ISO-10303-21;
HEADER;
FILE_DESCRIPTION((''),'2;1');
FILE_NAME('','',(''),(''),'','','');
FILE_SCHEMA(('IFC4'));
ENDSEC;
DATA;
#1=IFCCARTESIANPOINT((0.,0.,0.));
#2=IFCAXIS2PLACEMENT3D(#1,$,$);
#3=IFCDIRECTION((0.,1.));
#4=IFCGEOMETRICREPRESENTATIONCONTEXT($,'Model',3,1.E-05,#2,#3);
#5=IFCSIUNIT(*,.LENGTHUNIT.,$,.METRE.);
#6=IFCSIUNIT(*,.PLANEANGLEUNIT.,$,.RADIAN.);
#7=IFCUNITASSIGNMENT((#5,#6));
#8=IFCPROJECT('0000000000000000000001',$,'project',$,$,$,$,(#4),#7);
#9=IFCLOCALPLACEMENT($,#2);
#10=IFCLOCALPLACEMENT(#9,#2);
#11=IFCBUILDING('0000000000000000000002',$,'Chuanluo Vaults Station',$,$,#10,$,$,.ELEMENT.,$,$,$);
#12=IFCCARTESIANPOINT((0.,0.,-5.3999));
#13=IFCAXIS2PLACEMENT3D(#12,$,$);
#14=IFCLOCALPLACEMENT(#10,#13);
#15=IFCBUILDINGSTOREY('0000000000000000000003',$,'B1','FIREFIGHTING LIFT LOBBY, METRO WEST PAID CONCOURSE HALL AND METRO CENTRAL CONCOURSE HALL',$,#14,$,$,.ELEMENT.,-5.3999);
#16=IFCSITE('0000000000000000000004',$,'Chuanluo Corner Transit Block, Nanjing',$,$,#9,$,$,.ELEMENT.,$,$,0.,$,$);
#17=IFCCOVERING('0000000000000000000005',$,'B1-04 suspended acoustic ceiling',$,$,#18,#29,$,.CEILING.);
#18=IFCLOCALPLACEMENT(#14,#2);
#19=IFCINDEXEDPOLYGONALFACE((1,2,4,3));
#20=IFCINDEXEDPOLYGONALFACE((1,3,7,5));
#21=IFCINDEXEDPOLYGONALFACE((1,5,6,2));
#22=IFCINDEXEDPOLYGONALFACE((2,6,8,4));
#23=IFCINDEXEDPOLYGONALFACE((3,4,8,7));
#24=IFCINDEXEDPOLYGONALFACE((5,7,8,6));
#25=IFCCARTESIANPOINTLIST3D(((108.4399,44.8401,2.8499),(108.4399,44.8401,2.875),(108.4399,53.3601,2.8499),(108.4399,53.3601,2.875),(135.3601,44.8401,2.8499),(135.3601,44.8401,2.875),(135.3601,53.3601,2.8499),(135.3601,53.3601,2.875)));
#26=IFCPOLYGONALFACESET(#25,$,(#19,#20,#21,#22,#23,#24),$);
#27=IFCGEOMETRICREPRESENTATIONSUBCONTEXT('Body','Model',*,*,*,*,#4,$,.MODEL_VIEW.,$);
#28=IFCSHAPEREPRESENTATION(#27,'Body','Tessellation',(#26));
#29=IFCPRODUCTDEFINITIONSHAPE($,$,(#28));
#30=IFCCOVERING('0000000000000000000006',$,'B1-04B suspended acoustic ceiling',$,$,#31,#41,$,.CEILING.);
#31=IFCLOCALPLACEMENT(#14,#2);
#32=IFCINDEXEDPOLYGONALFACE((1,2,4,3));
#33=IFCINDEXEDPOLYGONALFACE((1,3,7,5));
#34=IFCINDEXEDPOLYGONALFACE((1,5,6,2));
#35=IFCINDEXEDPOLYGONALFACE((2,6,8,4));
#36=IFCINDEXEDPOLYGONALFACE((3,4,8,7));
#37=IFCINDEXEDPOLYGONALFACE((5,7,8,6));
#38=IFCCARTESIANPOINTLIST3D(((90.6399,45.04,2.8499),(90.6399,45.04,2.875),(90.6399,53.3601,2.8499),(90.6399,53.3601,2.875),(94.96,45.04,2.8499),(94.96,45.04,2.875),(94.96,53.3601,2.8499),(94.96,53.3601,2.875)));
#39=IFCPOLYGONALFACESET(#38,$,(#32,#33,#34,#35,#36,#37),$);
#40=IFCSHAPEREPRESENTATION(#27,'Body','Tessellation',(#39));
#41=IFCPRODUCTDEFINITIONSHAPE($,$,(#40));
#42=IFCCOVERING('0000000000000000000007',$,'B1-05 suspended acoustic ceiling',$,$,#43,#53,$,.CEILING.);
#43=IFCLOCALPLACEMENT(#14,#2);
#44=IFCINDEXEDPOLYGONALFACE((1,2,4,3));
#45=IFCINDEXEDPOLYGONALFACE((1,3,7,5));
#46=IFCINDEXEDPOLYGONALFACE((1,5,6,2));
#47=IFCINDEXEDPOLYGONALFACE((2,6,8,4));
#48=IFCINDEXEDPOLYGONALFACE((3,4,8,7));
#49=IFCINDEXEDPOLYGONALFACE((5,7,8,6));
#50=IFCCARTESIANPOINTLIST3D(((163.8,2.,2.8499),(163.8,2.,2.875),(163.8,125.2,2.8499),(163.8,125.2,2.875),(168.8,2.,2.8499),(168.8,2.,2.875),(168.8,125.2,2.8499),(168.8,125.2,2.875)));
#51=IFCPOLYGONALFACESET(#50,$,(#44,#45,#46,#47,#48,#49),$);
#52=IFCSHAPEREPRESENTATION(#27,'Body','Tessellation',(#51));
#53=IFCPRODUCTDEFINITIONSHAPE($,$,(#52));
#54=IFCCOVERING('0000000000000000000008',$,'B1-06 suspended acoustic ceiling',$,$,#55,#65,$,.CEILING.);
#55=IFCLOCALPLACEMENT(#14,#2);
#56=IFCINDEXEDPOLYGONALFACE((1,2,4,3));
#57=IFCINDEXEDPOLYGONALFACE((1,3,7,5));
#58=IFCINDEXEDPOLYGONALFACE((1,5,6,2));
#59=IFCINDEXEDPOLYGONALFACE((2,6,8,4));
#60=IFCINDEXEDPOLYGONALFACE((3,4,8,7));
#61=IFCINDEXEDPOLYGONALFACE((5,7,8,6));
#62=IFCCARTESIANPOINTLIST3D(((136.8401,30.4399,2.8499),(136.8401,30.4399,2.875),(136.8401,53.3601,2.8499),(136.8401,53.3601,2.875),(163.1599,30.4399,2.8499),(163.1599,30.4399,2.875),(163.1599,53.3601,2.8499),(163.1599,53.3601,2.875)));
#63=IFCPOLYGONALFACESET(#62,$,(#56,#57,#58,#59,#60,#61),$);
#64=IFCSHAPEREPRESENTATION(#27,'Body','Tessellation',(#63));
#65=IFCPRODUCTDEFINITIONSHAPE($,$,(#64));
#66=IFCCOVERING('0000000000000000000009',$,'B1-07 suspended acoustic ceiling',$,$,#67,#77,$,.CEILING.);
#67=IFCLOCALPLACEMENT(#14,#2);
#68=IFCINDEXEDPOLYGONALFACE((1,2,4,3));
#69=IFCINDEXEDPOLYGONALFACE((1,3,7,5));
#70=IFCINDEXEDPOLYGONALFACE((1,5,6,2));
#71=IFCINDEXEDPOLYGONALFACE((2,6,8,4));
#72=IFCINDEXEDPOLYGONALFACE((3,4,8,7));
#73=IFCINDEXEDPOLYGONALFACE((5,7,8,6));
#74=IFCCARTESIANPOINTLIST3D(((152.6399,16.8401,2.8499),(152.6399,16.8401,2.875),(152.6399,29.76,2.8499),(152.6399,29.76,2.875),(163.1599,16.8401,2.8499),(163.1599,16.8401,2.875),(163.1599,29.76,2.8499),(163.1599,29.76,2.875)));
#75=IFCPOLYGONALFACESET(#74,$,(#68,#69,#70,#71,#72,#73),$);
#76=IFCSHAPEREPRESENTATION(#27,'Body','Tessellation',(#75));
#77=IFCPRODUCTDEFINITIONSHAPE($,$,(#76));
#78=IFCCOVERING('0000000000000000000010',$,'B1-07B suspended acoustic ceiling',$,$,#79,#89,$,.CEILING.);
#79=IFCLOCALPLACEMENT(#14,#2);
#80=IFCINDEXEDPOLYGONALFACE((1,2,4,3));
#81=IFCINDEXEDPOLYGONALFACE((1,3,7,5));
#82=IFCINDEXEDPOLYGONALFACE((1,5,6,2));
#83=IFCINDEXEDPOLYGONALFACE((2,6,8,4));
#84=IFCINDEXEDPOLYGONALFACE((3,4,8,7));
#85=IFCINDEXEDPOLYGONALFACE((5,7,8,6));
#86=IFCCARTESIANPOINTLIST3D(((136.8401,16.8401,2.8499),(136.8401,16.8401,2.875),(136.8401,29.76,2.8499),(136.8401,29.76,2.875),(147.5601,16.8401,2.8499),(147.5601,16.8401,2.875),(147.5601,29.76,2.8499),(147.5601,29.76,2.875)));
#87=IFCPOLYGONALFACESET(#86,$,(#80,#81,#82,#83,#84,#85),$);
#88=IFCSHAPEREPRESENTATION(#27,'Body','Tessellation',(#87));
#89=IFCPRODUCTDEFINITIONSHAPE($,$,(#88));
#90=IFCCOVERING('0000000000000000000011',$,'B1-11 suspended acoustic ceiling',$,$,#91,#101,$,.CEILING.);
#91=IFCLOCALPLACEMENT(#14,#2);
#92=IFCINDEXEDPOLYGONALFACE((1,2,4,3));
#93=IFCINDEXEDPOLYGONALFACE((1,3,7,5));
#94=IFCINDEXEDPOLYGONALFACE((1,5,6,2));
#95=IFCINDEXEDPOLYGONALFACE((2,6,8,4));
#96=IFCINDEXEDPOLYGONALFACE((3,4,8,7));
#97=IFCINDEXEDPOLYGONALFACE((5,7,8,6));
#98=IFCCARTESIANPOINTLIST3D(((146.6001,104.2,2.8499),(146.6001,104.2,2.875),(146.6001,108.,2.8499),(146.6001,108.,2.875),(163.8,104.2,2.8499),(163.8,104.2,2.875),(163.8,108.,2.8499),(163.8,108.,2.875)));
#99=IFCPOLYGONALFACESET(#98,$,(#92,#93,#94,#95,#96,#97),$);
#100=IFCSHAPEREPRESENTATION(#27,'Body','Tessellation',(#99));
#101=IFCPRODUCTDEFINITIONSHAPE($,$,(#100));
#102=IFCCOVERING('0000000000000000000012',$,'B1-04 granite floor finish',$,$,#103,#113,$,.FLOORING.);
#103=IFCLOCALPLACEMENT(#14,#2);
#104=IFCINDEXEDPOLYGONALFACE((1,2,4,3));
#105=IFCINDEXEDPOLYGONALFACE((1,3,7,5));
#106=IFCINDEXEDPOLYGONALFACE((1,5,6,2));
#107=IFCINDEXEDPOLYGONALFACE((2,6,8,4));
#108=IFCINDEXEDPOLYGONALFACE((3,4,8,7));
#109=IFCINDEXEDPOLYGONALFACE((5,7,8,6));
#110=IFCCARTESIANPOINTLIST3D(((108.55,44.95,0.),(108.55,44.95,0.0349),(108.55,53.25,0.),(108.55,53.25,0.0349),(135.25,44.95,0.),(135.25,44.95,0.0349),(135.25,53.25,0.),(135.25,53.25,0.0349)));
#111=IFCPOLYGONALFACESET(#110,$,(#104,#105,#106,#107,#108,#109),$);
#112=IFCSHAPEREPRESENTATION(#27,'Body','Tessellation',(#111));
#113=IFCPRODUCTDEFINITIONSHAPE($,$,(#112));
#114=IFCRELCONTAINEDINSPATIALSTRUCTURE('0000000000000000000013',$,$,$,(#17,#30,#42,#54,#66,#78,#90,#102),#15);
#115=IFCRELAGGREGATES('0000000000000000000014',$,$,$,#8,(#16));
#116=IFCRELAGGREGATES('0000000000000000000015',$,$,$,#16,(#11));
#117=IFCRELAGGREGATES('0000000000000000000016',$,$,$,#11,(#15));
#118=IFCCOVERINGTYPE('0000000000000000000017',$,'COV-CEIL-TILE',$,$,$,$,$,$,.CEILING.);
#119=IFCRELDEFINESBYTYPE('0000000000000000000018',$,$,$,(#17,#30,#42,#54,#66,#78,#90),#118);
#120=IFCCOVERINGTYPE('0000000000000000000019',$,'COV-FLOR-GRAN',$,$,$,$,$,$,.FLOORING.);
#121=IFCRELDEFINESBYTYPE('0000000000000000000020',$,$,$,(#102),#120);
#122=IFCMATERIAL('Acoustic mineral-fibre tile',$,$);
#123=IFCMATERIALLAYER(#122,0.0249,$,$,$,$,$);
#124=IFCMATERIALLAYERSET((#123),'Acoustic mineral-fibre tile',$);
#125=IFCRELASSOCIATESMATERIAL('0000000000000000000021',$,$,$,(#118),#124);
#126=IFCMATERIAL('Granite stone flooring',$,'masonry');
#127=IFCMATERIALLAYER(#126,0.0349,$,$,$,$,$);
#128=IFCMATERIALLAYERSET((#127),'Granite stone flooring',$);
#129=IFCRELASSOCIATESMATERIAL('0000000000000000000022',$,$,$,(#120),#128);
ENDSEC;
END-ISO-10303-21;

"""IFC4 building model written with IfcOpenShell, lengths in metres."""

from ifc_helpers import new_model, si_unit, direction, frame, origin, place, context, subcontext, project, spatial, polyline, outline, extrude, material, layer, layer_set, type_object, element, save


model = new_model("IFC4")

# Units and contexts
model_context = context("Model", 3, precision=1e-05, world=origin(), true_north=direction((0.0, 1.0)))
body_context = subcontext(model_context, "Body", "Model", "MODEL_VIEW")
ifc_project = project(units=[si_unit("LENGTHUNIT", "METRE"), si_unit("PLANEANGLEUNIT", "RADIAN")], contexts=[model_context])

# Site, building, storey
site_placement = place(None, origin())
site = spatial("IfcSite", under=ifc_project, at=site_placement, Name="Chuanluo Corner Transit Block, Nanjing", CompositionType="ELEMENT", RefElevation=0.0)
building_placement = place(site_placement, origin())
building = spatial("IfcBuilding", under=site, at=building_placement, Name="Chuanluo Vaults Station", CompositionType="ELEMENT")
storey_placement = place(building_placement, frame((0.0, 0.0, -5.3999)))
storey = spatial("IfcBuildingStorey", under=building, at=storey_placement, Name="B1", Description="FIREFIGHTING LIFT LOBBY, METRO WEST PAID CONCOURSE HALL AND METRO CENTRAL CONCOURSE HALL", CompositionType="ELEMENT", Elevation=-5.3999)

# Coverings
ifc_material_1 = material(Name="Acoustic mineral-fibre tile")
ifc_layer_1 = layer(ifc_material_1, 0.0249)
ifc_layer_set_1 = layer_set([ifc_layer_1], Name="Acoustic mineral-fibre tile")
covering_type_1 = type_object("IfcCoveringType", Name="COV-CEIL-TILE", PredefinedType="CEILING", material=ifc_layer_set_1)
covering_1_placement = place(storey_placement, frame((0.0, 0.0, 2.8499)))
element("IfcCovering", 1, at=covering_1_placement, inside=storey, type_object=covering_type_1, Name="B1-04 suspended acoustic ceiling", PredefinedType="CEILING", context=body_context, shape_type="SweptSolid", body=[
    extrude(outline(polyline([(108.4399, 44.8401), (135.3601, 44.8401), (135.3601, 53.3601), (108.4399, 53.3601), (108.4399, 44.8401)])), origin(), (0.0, 0.0, 1.0), 0.0251),
])
covering_2_placement = place(storey_placement, frame((0.0, 0.0, 2.8499)))
element("IfcCovering", 2, at=covering_2_placement, inside=storey, type_object=covering_type_1, Name="B1-04B suspended acoustic ceiling", PredefinedType="CEILING", context=body_context, shape_type="SweptSolid", body=[
    extrude(outline(polyline([(90.6399, 45.04), (94.96, 45.04), (94.96, 53.3601), (90.6399, 53.3601), (90.6399, 45.04)])), origin(), (0.0, 0.0, 1.0), 0.0251),
])
covering_3_placement = place(storey_placement, frame((0.0, 0.0, 2.8499)))
element("IfcCovering", 3, at=covering_3_placement, inside=storey, type_object=covering_type_1, Name="B1-05 suspended acoustic ceiling", PredefinedType="CEILING", context=body_context, shape_type="SweptSolid", body=[
    extrude(outline(polyline([(163.8, 2.0), (168.8, 2.0), (168.8, 125.2), (163.8, 125.2), (163.8, 2.0)])), origin(), (0.0, 0.0, 1.0), 0.0251),
])
covering_4_placement = place(storey_placement, frame((0.0, 0.0, 2.8499)))
element("IfcCovering", 4, at=covering_4_placement, inside=storey, type_object=covering_type_1, Name="B1-06 suspended acoustic ceiling", PredefinedType="CEILING", context=body_context, shape_type="SweptSolid", body=[
    extrude(outline(polyline([(136.8401, 30.4399), (163.1599, 30.4399), (163.1599, 53.3601), (136.8401, 53.3601), (136.8401, 30.4399)])), origin(), (0.0, 0.0, 1.0), 0.0251),
])
covering_5_placement = place(storey_placement, frame((0.0, 0.0, 2.8499)))
element("IfcCovering", 5, at=covering_5_placement, inside=storey, type_object=covering_type_1, Name="B1-07 suspended acoustic ceiling", PredefinedType="CEILING", context=body_context, shape_type="SweptSolid", body=[
    extrude(outline(polyline([(152.6399, 16.8401), (163.1599, 16.8401), (163.1599, 29.76), (152.6399, 29.76), (152.6399, 16.8401)])), origin(), (0.0, 0.0, 1.0), 0.0251),
])
covering_6_placement = place(storey_placement, frame((0.0, 0.0, 2.8499)))
element("IfcCovering", 6, at=covering_6_placement, inside=storey, type_object=covering_type_1, Name="B1-07B suspended acoustic ceiling", PredefinedType="CEILING", context=body_context, shape_type="SweptSolid", body=[
    extrude(outline(polyline([(136.8401, 16.8401), (147.5601, 16.8401), (147.5601, 29.76), (136.8401, 29.76), (136.8401, 16.8401)])), origin(), (0.0, 0.0, 1.0), 0.0251),
])
covering_7_placement = place(storey_placement, frame((0.0, 0.0, 2.8499)))
element("IfcCovering", 7, at=covering_7_placement, inside=storey, type_object=covering_type_1, Name="B1-11 suspended acoustic ceiling", PredefinedType="CEILING", context=body_context, shape_type="SweptSolid", body=[
    extrude(outline(polyline([(146.6001, 104.2), (163.8, 104.2), (163.8, 108.0), (146.6001, 108.0), (146.6001, 104.2)])), origin(), (0.0, 0.0, 1.0), 0.0251),
])
ifc_material_2 = material(Name="Granite stone flooring", Category="masonry")
ifc_layer_2 = layer(ifc_material_2, 0.0349)
ifc_layer_set_2 = layer_set([ifc_layer_2], Name="Granite stone flooring")
covering_type_2 = type_object("IfcCoveringType", Name="COV-FLOR-GRAN", PredefinedType="FLOORING", material=ifc_layer_set_2)
covering_8_placement = place(storey_placement, origin())
element("IfcCovering", 8, at=covering_8_placement, inside=storey, type_object=covering_type_2, Name="B1-04 granite floor finish", PredefinedType="FLOORING", context=body_context, shape_type="SweptSolid", body=[
    extrude(outline(polyline([(108.55, 44.95), (135.25, 44.95), (135.25, 53.25), (108.55, 53.25), (108.55, 44.95)])), origin(), (0.0, 0.0, 1.0), 0.0349),
])

save(model, "model.ifc")
